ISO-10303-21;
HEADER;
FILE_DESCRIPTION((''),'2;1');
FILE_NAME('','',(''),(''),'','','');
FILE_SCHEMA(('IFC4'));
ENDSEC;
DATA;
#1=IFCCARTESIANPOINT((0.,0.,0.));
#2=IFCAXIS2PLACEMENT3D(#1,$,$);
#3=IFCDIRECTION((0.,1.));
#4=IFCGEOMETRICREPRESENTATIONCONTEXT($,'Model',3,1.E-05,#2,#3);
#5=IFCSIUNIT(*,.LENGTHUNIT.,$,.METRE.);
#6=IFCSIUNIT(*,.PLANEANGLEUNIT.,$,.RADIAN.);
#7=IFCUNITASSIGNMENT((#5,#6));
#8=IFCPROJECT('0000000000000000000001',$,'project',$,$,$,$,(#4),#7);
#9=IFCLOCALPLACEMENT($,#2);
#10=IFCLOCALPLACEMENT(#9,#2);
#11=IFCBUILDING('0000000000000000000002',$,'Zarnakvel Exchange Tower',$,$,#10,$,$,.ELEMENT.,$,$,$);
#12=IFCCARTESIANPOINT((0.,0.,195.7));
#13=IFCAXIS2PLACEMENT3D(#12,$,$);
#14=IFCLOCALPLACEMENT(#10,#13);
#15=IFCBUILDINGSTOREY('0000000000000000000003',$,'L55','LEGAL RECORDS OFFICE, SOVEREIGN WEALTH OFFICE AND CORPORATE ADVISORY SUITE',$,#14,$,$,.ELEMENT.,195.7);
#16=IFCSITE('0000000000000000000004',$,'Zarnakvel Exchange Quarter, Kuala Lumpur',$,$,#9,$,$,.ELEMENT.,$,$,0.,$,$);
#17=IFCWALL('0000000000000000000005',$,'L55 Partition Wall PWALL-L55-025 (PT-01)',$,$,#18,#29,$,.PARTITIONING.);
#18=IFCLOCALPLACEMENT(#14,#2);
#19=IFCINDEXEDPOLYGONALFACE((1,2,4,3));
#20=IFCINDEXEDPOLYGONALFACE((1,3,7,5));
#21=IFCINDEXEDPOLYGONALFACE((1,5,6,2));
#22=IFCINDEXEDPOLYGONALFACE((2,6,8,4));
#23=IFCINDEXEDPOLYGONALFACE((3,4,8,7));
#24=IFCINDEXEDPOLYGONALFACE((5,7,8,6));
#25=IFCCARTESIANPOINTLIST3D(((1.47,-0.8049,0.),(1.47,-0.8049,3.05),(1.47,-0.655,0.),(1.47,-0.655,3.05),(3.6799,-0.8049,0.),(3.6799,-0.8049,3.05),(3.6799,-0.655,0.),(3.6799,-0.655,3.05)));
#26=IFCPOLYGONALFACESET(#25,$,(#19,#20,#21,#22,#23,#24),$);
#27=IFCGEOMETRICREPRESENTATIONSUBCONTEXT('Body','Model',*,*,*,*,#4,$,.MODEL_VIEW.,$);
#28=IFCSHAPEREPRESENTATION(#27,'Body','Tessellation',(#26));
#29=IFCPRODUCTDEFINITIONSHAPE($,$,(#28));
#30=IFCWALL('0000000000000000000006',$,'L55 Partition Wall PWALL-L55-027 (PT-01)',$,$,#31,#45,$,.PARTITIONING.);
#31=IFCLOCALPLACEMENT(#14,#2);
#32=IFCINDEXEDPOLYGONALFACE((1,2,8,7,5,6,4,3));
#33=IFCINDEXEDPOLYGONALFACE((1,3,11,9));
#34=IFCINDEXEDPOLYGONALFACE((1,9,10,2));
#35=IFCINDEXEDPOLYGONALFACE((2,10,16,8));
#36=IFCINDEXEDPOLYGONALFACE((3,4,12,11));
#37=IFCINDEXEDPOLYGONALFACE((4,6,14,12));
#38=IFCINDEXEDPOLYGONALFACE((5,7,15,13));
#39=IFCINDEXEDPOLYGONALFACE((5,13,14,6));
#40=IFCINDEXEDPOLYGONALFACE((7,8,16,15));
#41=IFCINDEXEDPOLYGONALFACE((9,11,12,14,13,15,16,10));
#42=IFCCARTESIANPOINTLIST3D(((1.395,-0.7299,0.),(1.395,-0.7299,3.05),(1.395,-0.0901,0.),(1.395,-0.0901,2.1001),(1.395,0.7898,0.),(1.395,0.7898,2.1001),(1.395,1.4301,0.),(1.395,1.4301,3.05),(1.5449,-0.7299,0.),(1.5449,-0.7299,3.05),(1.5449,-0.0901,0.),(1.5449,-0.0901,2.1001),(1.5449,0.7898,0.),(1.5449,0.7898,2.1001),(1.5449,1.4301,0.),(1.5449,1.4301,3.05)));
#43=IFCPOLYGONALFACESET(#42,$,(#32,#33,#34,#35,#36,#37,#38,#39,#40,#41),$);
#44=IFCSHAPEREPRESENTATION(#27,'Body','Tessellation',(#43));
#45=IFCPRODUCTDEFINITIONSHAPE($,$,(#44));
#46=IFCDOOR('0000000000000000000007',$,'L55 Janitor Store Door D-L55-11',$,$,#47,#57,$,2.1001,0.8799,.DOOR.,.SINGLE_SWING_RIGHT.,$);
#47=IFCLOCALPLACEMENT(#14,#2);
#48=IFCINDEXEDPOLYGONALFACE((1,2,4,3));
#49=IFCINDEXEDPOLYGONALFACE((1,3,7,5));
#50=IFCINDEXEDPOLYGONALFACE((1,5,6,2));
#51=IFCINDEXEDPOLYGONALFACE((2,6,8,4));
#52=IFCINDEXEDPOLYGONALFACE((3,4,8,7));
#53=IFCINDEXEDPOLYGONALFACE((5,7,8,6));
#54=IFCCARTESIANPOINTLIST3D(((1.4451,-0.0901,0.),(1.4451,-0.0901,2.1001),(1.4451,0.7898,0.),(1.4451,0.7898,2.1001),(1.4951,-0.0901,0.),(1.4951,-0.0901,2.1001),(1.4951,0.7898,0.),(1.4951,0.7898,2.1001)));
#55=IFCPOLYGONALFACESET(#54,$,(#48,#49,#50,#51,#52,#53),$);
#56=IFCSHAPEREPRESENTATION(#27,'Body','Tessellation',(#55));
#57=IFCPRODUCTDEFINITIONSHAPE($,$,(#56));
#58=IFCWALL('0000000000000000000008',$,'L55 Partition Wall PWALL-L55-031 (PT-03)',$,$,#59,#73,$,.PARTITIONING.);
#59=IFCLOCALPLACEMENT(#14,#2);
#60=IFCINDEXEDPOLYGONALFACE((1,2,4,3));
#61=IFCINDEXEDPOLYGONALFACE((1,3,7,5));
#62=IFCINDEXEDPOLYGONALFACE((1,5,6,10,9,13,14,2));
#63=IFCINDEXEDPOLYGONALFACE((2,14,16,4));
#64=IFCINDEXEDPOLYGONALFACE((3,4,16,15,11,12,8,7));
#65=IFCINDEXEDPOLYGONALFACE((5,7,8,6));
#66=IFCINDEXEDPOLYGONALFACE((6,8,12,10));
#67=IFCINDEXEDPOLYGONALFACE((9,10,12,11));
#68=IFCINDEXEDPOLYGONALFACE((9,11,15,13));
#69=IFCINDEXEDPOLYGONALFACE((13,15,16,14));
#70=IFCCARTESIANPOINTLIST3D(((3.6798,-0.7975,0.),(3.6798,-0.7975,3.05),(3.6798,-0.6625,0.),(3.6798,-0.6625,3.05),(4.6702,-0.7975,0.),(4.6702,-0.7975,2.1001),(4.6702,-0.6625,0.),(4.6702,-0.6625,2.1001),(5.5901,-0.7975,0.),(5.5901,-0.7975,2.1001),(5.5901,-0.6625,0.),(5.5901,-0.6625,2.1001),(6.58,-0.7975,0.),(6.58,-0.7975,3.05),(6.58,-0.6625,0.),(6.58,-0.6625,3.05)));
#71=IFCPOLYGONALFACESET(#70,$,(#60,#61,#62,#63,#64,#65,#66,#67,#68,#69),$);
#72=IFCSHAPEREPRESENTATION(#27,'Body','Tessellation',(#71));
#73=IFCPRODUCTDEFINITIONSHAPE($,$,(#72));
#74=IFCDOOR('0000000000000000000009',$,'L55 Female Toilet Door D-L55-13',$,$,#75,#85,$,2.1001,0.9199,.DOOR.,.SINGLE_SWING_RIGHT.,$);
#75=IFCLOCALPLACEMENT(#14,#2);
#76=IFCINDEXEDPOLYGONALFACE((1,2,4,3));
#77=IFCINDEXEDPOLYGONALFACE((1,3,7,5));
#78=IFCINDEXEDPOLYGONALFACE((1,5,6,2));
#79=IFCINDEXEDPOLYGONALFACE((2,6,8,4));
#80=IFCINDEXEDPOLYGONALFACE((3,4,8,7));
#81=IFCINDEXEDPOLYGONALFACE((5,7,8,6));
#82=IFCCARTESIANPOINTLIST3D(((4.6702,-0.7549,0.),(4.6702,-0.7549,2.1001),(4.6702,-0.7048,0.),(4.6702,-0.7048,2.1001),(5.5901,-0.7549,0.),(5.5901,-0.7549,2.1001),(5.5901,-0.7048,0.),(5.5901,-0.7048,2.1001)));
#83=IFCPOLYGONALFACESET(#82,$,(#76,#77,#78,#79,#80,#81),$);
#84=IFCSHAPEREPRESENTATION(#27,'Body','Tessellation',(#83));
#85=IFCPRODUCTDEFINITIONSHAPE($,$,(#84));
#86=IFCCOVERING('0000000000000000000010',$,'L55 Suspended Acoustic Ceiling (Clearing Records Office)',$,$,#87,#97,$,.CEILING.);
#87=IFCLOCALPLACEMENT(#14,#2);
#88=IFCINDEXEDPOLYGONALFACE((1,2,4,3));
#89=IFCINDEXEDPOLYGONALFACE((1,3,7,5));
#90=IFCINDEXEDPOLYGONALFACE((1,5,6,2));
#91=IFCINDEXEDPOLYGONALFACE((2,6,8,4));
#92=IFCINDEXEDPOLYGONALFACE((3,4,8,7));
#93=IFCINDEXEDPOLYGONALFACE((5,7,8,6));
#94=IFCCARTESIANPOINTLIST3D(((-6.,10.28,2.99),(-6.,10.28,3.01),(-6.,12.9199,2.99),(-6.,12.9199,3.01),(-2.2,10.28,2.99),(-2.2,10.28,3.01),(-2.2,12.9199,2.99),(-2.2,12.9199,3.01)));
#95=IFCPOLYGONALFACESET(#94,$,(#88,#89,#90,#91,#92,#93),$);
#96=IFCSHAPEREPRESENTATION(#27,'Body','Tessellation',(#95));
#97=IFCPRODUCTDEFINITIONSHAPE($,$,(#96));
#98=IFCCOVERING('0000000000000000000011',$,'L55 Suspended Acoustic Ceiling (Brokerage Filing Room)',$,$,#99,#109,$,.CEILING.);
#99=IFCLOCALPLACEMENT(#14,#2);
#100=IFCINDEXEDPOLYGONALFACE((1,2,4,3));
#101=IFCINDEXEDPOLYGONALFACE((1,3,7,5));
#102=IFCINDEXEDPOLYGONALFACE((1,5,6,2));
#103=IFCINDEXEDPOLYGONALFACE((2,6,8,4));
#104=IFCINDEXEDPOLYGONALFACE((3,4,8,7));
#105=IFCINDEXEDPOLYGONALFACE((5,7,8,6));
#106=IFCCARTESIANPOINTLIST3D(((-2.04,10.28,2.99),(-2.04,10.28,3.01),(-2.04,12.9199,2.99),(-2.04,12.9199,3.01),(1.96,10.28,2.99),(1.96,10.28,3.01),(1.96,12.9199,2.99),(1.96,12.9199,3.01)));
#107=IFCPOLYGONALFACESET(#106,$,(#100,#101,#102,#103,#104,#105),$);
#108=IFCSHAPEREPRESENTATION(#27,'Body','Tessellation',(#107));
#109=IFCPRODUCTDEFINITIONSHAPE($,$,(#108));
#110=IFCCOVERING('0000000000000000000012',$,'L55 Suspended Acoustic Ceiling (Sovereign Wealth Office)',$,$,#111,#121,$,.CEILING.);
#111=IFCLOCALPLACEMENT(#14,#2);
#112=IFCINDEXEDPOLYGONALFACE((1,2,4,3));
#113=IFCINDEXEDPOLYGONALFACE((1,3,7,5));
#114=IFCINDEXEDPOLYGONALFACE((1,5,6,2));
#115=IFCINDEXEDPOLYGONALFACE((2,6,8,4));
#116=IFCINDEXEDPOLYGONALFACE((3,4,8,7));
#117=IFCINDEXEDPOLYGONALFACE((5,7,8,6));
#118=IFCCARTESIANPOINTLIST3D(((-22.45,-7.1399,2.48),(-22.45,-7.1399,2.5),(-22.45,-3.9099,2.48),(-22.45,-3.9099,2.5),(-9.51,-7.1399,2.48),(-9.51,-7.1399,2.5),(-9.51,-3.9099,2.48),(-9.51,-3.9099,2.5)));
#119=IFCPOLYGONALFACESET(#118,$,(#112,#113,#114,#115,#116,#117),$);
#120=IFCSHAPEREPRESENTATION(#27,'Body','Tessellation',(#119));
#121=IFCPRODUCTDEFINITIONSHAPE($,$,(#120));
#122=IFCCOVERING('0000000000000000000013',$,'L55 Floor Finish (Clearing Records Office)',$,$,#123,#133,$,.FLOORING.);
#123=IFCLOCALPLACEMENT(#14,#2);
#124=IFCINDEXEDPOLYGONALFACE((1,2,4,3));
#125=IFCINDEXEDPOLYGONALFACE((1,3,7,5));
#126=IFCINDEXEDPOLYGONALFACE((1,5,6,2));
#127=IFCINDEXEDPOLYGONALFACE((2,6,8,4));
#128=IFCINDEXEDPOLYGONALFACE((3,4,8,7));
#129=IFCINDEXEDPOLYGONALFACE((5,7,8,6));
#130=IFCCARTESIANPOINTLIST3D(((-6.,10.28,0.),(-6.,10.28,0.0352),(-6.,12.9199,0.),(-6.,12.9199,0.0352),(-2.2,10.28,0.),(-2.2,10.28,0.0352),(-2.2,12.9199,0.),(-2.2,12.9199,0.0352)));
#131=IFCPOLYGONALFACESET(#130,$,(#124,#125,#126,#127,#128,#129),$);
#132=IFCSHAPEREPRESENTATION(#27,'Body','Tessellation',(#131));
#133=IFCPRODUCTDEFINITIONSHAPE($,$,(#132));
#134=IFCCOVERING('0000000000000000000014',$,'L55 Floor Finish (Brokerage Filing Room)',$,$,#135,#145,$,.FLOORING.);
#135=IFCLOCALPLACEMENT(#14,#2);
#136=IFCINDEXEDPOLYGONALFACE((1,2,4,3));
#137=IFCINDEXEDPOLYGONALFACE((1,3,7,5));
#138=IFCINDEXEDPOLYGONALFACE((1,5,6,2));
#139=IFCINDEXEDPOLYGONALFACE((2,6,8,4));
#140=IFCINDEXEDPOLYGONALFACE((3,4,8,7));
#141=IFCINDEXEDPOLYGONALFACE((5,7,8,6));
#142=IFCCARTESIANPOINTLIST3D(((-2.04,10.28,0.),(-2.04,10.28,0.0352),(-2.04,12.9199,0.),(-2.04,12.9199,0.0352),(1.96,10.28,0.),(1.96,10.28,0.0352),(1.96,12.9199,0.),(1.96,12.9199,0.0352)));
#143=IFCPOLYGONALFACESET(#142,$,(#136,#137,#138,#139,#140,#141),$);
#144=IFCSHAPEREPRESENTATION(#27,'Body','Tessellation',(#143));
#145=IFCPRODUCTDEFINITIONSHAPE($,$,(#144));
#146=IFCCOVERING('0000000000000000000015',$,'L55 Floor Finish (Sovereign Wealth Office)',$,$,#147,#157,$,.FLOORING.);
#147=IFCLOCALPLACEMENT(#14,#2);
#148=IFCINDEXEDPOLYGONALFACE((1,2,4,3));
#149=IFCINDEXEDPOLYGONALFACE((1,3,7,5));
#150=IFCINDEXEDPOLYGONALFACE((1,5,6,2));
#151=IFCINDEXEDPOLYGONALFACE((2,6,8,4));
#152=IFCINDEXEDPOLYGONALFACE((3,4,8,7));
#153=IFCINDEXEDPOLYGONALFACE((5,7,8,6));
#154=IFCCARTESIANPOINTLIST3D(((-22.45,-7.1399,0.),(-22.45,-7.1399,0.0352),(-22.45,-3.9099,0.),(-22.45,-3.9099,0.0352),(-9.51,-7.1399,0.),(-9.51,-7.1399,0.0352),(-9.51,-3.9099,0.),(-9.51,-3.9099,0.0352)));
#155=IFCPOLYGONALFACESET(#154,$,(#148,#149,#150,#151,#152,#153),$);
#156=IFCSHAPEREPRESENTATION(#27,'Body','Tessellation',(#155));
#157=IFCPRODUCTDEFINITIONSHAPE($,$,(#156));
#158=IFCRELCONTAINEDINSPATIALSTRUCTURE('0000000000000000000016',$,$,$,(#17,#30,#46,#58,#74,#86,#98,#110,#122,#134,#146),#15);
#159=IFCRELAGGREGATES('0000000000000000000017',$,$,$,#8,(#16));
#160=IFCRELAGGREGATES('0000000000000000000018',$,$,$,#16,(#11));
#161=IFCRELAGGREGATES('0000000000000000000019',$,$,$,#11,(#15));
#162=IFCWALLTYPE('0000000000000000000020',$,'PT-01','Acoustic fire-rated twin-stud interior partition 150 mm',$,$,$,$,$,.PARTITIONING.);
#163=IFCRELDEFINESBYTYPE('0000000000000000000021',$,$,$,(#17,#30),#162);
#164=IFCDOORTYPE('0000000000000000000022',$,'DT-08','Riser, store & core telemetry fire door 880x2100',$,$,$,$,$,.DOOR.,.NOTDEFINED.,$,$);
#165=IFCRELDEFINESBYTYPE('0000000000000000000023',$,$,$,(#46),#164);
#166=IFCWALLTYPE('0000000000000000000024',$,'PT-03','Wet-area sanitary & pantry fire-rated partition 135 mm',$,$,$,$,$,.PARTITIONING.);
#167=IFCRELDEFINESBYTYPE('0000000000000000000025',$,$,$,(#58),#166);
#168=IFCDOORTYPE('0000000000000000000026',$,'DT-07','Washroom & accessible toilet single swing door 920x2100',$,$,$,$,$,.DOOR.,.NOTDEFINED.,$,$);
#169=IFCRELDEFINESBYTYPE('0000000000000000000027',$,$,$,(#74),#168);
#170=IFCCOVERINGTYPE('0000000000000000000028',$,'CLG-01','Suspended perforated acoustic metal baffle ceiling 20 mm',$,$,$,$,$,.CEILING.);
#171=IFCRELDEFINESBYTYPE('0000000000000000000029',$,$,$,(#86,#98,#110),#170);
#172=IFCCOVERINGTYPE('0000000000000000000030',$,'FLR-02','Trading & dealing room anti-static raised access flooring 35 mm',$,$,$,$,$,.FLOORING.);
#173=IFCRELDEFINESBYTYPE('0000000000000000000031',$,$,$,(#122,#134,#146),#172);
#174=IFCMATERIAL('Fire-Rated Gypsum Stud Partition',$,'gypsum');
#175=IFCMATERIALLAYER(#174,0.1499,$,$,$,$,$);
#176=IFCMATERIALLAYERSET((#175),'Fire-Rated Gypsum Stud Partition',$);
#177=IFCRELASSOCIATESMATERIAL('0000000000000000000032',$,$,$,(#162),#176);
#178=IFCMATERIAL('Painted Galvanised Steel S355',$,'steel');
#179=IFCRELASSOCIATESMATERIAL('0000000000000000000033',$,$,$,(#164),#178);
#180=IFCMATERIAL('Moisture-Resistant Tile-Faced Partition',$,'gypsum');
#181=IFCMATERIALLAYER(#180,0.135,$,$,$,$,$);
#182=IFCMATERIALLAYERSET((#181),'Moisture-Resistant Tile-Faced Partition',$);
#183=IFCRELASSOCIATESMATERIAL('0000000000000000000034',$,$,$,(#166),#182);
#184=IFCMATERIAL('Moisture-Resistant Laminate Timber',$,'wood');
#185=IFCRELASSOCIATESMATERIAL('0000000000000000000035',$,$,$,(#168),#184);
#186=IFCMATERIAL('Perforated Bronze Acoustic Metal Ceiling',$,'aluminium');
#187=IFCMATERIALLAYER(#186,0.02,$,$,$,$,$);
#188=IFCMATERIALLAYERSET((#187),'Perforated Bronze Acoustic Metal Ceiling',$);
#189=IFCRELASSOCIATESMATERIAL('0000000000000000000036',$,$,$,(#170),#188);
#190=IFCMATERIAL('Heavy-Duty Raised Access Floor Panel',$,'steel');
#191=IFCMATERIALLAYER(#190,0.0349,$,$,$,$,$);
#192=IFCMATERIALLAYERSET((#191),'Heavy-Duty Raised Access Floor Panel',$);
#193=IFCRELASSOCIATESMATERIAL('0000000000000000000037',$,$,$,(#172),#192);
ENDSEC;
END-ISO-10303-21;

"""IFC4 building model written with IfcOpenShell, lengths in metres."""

from ifc_helpers import new_model, si_unit, direction, frame, frame_2d, origin, place, context, subcontext, project, spatial, polyline, rectangle, outline, extrude, source, transform, mapped, material, layer, layer_set, type_object, element, fill, save


model = new_model("IFC4")

# Units and contexts
model_context = context("Model", 3, precision=1e-05, world=origin(), true_north=direction((0.0, 1.0)))
body_context = subcontext(model_context, "Body", "Model", "MODEL_VIEW")
ifc_project = project(units=[si_unit("LENGTHUNIT", "METRE"), si_unit("PLANEANGLEUNIT", "RADIAN")], contexts=[model_context])

# Site, building, storey
site_placement = place(None, origin())
site = spatial("IfcSite", under=ifc_project, at=site_placement, Name="Zarnakvel Exchange Quarter, Kuala Lumpur", CompositionType="ELEMENT", RefElevation=0.0)
building_placement = place(site_placement, origin())
building = spatial("IfcBuilding", under=site, at=building_placement, Name="Zarnakvel Exchange Tower", CompositionType="ELEMENT")
storey_placement = place(building_placement, frame((0.0, 0.0, 195.7)))
storey = spatial("IfcBuildingStorey", under=building, at=storey_placement, Name="L55", Description="LEGAL RECORDS OFFICE, SOVEREIGN WEALTH OFFICE AND CORPORATE ADVISORY SUITE", CompositionType="ELEMENT", Elevation=195.7)

# Wall
ifc_material_1 = material(Name="Fire-Rated Gypsum Stud Partition", Category="gypsum")
ifc_layer_1 = layer(ifc_material_1, 0.1499)
ifc_layer_set_1 = layer_set([ifc_layer_1], Name="Fire-Rated Gypsum Stud Partition")
wall_type_1 = type_object("IfcWallType", Name="PT-01", Description="Acoustic fire-rated twin-stud interior partition 150 mm", PredefinedType="PARTITIONING", material=ifc_layer_set_1)
wall_1_placement = place(storey_placement, frame((3.6799, -0.73, 0.0), z_axis=(0.0, 0.0, 1.0), x_axis=(-1.0, 0.0, 0.0)))
element("IfcWall", 1, at=wall_1_placement, inside=storey, type_object=wall_type_1, Name="L55 Partition Wall PWALL-L55-025 (PT-01)", PredefinedType="PARTITIONING", context=body_context, shape_type="SweptSolid", body=[
    extrude(rectangle(XDim=2.21, YDim=0.1499, at=frame_2d((1.105, 0.0))), origin(), (0.0, 0.0, 1.0), 3.05),
])

# Walls, openings, doors
wall_2_placement = place(storey_placement, frame((1.47, -0.73, 0.0), z_axis=(0.0, 0.0, 1.0), x_axis=(0.0, 1.0, 0.0)))
wall_2 = element("IfcWall", 2, at=wall_2_placement, inside=storey, type_object=wall_type_1, Name="L55 Partition Wall PWALL-L55-027 (PT-01)", PredefinedType="PARTITIONING", context=body_context, shape_type="SweptSolid", body=[
    extrude(rectangle(XDim=2.1599, YDim=0.1499, at=frame_2d((1.0801, 0.0))), origin(), (0.0, 0.0, 1.0), 3.05),
])
opening_1_placement = place(wall_2_placement, frame((0.6399, 0.0, 0.0)))
opening_1 = element("IfcOpeningElement", 3, at=opening_1_placement, cuts=wall_2, PredefinedType="OPENING", context=body_context, shape_type="SweptSolid", body=[
    extrude(rectangle(XDim=0.8799, YDim=2.1001, at=frame_2d((0.4399, 1.05))), frame((0.0, 0.085, 0.0), z_axis=(0.0, -1.0, 0.0), x_axis=(1.0, 0.0, 0.0)), (0.0, 0.0, 1.0), 0.1699),
])
ifc_material_2 = material(Name="Painted Galvanised Steel S355", Category="steel")
door_type_1 = type_object("IfcDoorType", Name="DT-08", Description="Riser, store & core telemetry fire door 880x2100", OperationType="NOTDEFINED", PredefinedType="DOOR", material=ifc_material_2)
shared_shape_1 = source(origin(), body_context, "Body", "SweptSolid", [
    extrude(rectangle(XDim=0.8799, YDim=2.1001, at=frame_2d((0.4399, 1.05))), frame((0.0, 0.0249, 0.0), z_axis=(0.0, -1.0, 0.0), x_axis=(1.0, 0.0, 0.0)), (0.0, 0.0, 1.0), 0.05),
])
door_1_placement = place(opening_1_placement, origin())
door_1 = element("IfcDoor", 4, at=door_1_placement, inside=storey, type_object=door_type_1, Name="L55 Janitor Store Door D-L55-11", OperationType="SINGLE_SWING_RIGHT", OverallHeight=2.1001, OverallWidth=0.8799, PredefinedType="DOOR", context=body_context, shape_type="MappedRepresentation", body=[
    mapped(shared_shape_1, transform((0.0, 0.0, 0.0), x_axis=(1.0, 0.0, 0.0), y_axis=(0.0, 1.0, 0.0), z_axis=(0.0, 0.0, 1.0), scale=1.0)),
])
fill(opening_1, door_1)
ifc_material_3 = material(Name="Moisture-Resistant Tile-Faced Partition", Category="gypsum")
ifc_layer_2 = layer(ifc_material_3, 0.135)
ifc_layer_set_2 = layer_set([ifc_layer_2], Name="Moisture-Resistant Tile-Faced Partition")
wall_type_2 = type_object("IfcWallType", Name="PT-03", Description="Wet-area sanitary & pantry fire-rated partition 135 mm", PredefinedType="PARTITIONING", material=ifc_layer_set_2)
wall_3_placement = place(storey_placement, frame((6.5801, -0.73, 0.0), z_axis=(0.0, 0.0, 1.0), x_axis=(-1.0, 0.0, 0.0)))
wall_3 = element("IfcWall", 5, at=wall_3_placement, inside=storey, type_object=wall_type_2, Name="L55 Partition Wall PWALL-L55-031 (PT-03)", PredefinedType="PARTITIONING", context=body_context, shape_type="SweptSolid", body=[
    extrude(rectangle(XDim=2.9001, YDim=0.135, at=frame_2d((1.4502, 0.0))), origin(), (0.0, 0.0, 1.0), 3.05),
])
opening_2_placement = place(wall_3_placement, frame((0.99, 0.0, 0.0)))
opening_2 = element("IfcOpeningElement", 6, at=opening_2_placement, cuts=wall_3, PredefinedType="OPENING", context=body_context, shape_type="SweptSolid", body=[
    extrude(rectangle(XDim=0.9199, YDim=2.1001, at=frame_2d((0.46, 1.05))), frame((0.0, 0.0774, 0.0), z_axis=(0.0, -1.0, 0.0), x_axis=(1.0, 0.0, 0.0)), (0.0, 0.0, 1.0), 0.155),
])
ifc_material_4 = material(Name="Moisture-Resistant Laminate Timber", Category="wood")
door_type_2 = type_object("IfcDoorType", Name="DT-07", Description="Washroom & accessible toilet single swing door 920x2100", OperationType="NOTDEFINED", PredefinedType="DOOR", material=ifc_material_4)
shared_shape_2 = source(origin(), body_context, "Body", "SweptSolid", [
    extrude(rectangle(XDim=0.9199, YDim=2.1001, at=frame_2d((0.46, 1.05))), frame((0.0, 0.0249, 0.0), z_axis=(0.0, -1.0, 0.0), x_axis=(1.0, 0.0, 0.0)), (0.0, 0.0, 1.0), 0.05),
])
door_2_placement = place(opening_2_placement, origin())
door_2 = element("IfcDoor", 7, at=door_2_placement, inside=storey, type_object=door_type_2, Name="L55 Female Toilet Door D-L55-13", OperationType="SINGLE_SWING_RIGHT", OverallHeight=2.1001, OverallWidth=0.9199, PredefinedType="DOOR", context=body_context, shape_type="MappedRepresentation", body=[
    mapped(shared_shape_2, transform((0.0, 0.0, 0.0), x_axis=(1.0, 0.0, 0.0), y_axis=(0.0, 1.0, 0.0), z_axis=(0.0, 0.0, 1.0), scale=1.0)),
])
fill(opening_2, door_2)

# Coverings
ifc_material_5 = material(Name="Perforated Bronze Acoustic Metal Ceiling", Category="aluminium")
ifc_layer_3 = layer(ifc_material_5, 0.02)
ifc_layer_set_3 = layer_set([ifc_layer_3], Name="Perforated Bronze Acoustic Metal Ceiling")
covering_type_1 = type_object("IfcCoveringType", Name="CLG-01", Description="Suspended perforated acoustic metal baffle ceiling 20 mm", PredefinedType="CEILING", material=ifc_layer_set_3)
covering_1_placement = place(storey_placement, frame((0.0, 0.0, 2.99)))
element("IfcCovering", 8, at=covering_1_placement, inside=storey, type_object=covering_type_1, Name="L55 Suspended Acoustic Ceiling (Clearing Records Office)", PredefinedType="CEILING", context=body_context, shape_type="SweptSolid", body=[
    extrude(outline(polyline([(-6.0, 12.9199), (-2.2, 12.9199), (-2.2, 10.28), (-6.0, 10.28), (-6.0, 12.9199)])), origin(), (0.0, 0.0, 1.0), 0.02),
])
covering_2_placement = place(storey_placement, frame((0.0, 0.0, 2.99)))
element("IfcCovering", 9, at=covering_2_placement, inside=storey, type_object=covering_type_1, Name="L55 Suspended Acoustic Ceiling (Brokerage Filing Room)", PredefinedType="CEILING", context=body_context, shape_type="SweptSolid", body=[
    extrude(outline(polyline([(-2.04, 12.9199), (1.96, 12.9199), (1.96, 10.28), (-2.04, 10.28), (-2.04, 12.9199)])), origin(), (0.0, 0.0, 1.0), 0.02),
])
covering_3_placement = place(storey_placement, frame((0.0, 0.0, 2.48)))
element("IfcCovering", 10, at=covering_3_placement, inside=storey, type_object=covering_type_1, Name="L55 Suspended Acoustic Ceiling (Sovereign Wealth Office)", PredefinedType="CEILING", context=body_context, shape_type="SweptSolid", body=[
    extrude(outline(polyline([(-22.45, -3.9099), (-9.51, -3.9099), (-9.51, -7.1399), (-22.45, -7.1399), (-22.45, -3.9099)])), origin(), (0.0, 0.0, 1.0), 0.02),
])
ifc_material_6 = material(Name="Heavy-Duty Raised Access Floor Panel", Category="steel")
ifc_layer_4 = layer(ifc_material_6, 0.0349)
ifc_layer_set_4 = layer_set([ifc_layer_4], Name="Heavy-Duty Raised Access Floor Panel")
covering_type_2 = type_object("IfcCoveringType", Name="FLR-02", Description="Trading & dealing room anti-static raised access flooring 35 mm", PredefinedType="FLOORING", material=ifc_layer_set_4)
covering_4_placement = place(storey_placement, origin())
element("IfcCovering", 11, at=covering_4_placement, inside=storey, type_object=covering_type_2, Name="L55 Floor Finish (Clearing Records Office)", PredefinedType="FLOORING", context=body_context, shape_type="SweptSolid", body=[
    extrude(outline(polyline([(-6.0, 12.9199), (-2.2, 12.9199), (-2.2, 10.28), (-6.0, 10.28), (-6.0, 12.9199)])), origin(), (0.0, 0.0, 1.0), 0.0352),
])
covering_5_placement = place(storey_placement, origin())
element("IfcCovering", 12, at=covering_5_placement, inside=storey, type_object=covering_type_2, Name="L55 Floor Finish (Brokerage Filing Room)", PredefinedType="FLOORING", context=body_context, shape_type="SweptSolid", body=[
    extrude(outline(polyline([(-2.04, 12.9199), (1.96, 12.9199), (1.96, 10.28), (-2.04, 10.28), (-2.04, 12.9199)])), origin(), (0.0, 0.0, 1.0), 0.0352),
])
covering_6_placement = place(storey_placement, origin())
element("IfcCovering", 13, at=covering_6_placement, inside=storey, type_object=covering_type_2, Name="L55 Floor Finish (Sovereign Wealth Office)", PredefinedType="FLOORING", context=body_context, shape_type="SweptSolid", body=[
    extrude(outline(polyline([(-22.45, -3.9099), (-9.51, -3.9099), (-9.51, -7.1399), (-22.45, -7.1399), (-22.45, -3.9099)])), origin(), (0.0, 0.0, 1.0), 0.0352),
])

save(model, "model.ifc")
